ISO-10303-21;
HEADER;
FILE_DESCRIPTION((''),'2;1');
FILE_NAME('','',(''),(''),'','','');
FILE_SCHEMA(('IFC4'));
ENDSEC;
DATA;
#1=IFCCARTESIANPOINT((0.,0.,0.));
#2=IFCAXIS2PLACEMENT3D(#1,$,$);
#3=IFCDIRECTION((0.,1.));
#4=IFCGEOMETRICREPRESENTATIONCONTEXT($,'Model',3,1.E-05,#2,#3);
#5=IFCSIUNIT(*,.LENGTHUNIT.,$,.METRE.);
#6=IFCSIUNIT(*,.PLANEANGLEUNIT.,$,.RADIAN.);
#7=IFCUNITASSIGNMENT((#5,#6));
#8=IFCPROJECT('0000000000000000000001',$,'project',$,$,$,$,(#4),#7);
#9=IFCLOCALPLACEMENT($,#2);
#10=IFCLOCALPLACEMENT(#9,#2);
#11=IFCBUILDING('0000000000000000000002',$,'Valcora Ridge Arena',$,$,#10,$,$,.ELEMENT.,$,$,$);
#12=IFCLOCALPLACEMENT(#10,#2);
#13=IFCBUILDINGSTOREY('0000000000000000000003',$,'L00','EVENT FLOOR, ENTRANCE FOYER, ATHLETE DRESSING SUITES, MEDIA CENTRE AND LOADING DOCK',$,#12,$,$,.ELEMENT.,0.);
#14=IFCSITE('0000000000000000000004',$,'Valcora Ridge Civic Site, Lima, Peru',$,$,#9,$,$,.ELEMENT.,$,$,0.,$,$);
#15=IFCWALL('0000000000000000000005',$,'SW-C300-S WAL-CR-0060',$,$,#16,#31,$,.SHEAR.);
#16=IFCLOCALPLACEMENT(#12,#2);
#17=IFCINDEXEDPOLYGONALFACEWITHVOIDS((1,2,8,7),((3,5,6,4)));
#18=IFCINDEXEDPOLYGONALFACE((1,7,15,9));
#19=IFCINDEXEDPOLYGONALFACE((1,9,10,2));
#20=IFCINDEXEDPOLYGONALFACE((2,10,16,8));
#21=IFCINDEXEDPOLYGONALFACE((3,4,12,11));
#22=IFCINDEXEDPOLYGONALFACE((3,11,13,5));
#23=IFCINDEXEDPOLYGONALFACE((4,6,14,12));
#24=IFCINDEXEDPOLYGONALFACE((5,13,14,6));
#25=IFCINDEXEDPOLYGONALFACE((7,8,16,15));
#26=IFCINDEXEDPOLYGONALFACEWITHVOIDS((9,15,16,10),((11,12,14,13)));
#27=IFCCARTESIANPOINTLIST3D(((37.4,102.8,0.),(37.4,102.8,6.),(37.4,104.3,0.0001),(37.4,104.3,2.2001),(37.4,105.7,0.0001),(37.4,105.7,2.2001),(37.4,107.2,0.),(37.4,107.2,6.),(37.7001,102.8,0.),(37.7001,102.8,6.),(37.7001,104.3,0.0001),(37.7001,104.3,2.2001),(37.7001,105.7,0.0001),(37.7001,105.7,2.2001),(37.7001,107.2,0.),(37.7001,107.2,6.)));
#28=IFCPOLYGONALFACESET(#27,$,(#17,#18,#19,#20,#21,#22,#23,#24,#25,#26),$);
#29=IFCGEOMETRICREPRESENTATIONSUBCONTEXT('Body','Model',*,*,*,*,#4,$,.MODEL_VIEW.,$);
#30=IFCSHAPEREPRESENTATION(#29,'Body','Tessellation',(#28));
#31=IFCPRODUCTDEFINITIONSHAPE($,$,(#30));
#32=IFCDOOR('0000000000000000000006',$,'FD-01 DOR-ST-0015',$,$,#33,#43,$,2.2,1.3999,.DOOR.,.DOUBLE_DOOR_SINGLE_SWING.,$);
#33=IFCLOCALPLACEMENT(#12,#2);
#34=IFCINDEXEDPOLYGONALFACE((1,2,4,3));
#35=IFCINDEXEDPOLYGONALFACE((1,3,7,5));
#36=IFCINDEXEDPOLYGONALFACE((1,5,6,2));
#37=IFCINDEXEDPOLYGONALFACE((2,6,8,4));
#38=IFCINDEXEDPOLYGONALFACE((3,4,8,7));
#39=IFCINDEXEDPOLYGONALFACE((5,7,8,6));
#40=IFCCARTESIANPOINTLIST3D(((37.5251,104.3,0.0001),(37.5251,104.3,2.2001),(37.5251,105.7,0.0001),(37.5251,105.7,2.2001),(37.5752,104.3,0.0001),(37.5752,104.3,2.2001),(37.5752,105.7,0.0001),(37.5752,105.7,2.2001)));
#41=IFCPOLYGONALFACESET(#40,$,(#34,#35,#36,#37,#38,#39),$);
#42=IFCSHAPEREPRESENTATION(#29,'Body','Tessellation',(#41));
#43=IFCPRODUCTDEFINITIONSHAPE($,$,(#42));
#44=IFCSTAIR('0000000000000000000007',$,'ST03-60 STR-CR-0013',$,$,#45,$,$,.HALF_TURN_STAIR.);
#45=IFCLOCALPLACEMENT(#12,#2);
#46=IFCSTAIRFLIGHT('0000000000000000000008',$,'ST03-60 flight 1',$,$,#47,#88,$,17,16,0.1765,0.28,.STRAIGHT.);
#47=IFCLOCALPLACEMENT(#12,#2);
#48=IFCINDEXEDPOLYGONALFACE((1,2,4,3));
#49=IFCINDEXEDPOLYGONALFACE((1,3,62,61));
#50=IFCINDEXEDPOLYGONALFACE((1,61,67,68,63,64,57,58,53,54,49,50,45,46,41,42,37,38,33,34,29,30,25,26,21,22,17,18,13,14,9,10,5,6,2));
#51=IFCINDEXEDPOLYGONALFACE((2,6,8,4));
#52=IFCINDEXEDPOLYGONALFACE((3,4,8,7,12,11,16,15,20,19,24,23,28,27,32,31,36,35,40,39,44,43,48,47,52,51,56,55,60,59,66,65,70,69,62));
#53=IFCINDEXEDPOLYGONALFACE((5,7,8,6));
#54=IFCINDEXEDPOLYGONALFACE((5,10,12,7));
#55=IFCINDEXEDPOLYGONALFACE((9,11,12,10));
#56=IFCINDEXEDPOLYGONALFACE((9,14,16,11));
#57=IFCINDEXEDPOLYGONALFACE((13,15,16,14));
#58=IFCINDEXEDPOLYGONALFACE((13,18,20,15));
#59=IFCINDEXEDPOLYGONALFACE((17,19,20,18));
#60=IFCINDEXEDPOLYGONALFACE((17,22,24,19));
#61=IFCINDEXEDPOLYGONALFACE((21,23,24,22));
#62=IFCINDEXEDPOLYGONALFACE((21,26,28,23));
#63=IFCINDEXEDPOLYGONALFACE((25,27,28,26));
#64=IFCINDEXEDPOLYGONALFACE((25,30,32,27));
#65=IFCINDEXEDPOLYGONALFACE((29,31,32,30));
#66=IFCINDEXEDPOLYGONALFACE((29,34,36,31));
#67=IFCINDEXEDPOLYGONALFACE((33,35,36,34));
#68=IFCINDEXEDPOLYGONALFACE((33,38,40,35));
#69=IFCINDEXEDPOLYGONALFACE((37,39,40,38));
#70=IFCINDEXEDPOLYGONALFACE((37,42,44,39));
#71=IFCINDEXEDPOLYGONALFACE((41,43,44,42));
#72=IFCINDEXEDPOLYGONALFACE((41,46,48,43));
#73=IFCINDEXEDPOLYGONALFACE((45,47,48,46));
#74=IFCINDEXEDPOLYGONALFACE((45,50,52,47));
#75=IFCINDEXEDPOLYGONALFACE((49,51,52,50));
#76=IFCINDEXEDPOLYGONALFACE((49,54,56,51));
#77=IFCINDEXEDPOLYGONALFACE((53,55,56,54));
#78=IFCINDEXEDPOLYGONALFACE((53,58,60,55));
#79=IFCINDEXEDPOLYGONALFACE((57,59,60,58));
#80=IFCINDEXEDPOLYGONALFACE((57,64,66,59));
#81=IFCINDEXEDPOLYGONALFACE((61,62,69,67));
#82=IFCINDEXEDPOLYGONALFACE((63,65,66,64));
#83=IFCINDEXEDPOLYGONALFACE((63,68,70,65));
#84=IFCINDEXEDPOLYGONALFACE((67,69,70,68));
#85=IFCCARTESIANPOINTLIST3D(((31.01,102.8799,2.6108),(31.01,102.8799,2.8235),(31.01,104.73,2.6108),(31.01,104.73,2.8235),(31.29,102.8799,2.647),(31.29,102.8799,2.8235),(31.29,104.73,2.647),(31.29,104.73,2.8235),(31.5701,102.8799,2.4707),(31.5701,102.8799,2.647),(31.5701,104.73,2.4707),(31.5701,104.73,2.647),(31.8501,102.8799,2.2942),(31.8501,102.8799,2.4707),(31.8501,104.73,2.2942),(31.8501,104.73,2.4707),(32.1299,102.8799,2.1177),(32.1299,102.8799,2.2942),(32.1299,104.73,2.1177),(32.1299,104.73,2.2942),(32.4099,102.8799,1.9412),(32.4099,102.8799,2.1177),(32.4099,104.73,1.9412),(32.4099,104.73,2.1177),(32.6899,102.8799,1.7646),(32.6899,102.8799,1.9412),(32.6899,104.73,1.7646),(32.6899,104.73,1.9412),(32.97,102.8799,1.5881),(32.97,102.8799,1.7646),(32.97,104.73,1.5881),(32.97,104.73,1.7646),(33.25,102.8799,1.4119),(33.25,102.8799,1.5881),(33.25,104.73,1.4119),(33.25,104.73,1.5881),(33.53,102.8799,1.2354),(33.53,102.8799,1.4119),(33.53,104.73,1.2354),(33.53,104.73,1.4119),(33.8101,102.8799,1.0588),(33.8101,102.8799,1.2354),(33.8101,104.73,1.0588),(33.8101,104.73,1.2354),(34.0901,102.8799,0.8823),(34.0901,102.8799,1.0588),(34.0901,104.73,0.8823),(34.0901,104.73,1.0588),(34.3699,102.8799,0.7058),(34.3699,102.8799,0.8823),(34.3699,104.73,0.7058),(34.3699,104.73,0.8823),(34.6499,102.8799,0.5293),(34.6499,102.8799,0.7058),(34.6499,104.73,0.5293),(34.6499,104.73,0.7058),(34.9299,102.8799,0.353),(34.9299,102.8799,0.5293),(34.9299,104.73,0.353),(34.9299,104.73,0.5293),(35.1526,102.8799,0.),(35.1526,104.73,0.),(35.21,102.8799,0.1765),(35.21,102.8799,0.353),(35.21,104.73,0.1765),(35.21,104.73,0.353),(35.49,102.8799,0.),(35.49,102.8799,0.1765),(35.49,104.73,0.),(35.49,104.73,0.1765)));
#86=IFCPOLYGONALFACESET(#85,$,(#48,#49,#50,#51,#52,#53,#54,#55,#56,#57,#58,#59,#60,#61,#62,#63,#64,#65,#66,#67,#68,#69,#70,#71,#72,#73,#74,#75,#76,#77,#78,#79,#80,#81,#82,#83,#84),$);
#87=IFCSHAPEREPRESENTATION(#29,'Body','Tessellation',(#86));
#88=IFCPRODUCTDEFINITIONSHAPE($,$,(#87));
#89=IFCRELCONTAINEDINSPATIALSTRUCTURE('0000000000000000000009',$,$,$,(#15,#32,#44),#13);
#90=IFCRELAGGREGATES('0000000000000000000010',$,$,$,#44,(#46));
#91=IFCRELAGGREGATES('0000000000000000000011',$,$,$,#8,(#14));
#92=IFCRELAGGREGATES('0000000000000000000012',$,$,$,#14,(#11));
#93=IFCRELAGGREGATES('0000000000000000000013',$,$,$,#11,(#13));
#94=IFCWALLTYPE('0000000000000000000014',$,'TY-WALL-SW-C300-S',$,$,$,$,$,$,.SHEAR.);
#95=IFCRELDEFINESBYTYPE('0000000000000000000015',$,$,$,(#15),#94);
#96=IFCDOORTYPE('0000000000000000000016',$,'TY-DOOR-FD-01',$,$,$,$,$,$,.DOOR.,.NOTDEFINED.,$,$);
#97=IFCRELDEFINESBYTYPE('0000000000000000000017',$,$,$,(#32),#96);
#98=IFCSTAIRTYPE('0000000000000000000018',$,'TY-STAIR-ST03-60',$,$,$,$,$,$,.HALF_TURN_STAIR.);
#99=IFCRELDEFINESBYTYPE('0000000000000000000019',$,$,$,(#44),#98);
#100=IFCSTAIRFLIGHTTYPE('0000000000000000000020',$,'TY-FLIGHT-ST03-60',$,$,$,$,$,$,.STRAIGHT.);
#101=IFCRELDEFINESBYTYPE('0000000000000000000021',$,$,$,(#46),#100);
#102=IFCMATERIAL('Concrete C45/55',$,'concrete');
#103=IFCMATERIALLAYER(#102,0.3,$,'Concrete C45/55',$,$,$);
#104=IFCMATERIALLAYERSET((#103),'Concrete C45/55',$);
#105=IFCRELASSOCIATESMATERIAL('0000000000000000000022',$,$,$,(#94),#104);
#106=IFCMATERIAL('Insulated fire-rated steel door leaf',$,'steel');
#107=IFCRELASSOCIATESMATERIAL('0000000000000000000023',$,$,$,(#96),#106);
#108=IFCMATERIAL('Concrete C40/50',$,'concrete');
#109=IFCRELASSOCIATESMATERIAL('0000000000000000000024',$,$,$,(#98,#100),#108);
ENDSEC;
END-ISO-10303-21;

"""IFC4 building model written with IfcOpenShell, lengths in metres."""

from ifc_helpers import new_model, si_unit, direction, frame, frame_2d, origin, place, context, subcontext, project, spatial, polyline, rectangle, outline, extrude, material, layer, layer_set, type_object, element, fill, aggregate, save


model = new_model("IFC4")

# Units and contexts
model_context = context("Model", 3, precision=1e-05, world=origin(), true_north=direction((0.0, 1.0)))
body_context = subcontext(model_context, "Body", "Model", "MODEL_VIEW")
ifc_project = project(units=[si_unit("LENGTHUNIT", "METRE"), si_unit("PLANEANGLEUNIT", "RADIAN")], contexts=[model_context])

# Site, building, storey
site_placement = place(None, origin())
site = spatial("IfcSite", under=ifc_project, at=site_placement, Name="Valcora Ridge Civic Site, Lima, Peru", CompositionType="ELEMENT", RefElevation=0.0)
building_placement = place(site_placement, origin())
building = spatial("IfcBuilding", under=site, at=building_placement, Name="Valcora Ridge Arena", CompositionType="ELEMENT")
storey_placement = place(building_placement, origin())
storey = spatial("IfcBuildingStorey", under=building, at=storey_placement, Name="L00", Description="EVENT FLOOR, ENTRANCE FOYER, ATHLETE DRESSING SUITES, MEDIA CENTRE AND LOADING DOCK", CompositionType="ELEMENT", Elevation=0.0)

# Shared definitions
ifc_material_1 = material(Name="Concrete C40/50", Category="concrete")

# Shared definitions
ifc_material_2 = material(Name="Concrete C45/55", Category="concrete")
ifc_layer_1 = layer(ifc_material_2, 0.3, Name="Concrete C45/55")
ifc_layer_set_1 = layer_set([ifc_layer_1], Name="Concrete C45/55")
wall_type_1 = type_object("IfcWallType", Name="TY-WALL-SW-C300-S", PredefinedType="SHEAR", material=ifc_layer_set_1)

# Wall, opening, door
wall_1_placement = place(storey_placement, frame((37.55, 102.8, 0.0), z_axis=(0.0, 0.0, 1.0), x_axis=(0.0, 1.0, 0.0)))
wall_1 = element("IfcWall", 1, at=wall_1_placement, inside=storey, type_object=wall_type_1, Name="SW-C300-S WAL-CR-0060", PredefinedType="SHEAR", context=body_context, shape_type="SweptSolid", body=[
    extrude(rectangle(XDim=4.3999, YDim=0.3, at=frame_2d((2.2, 0.0))), origin(), (0.0, 0.0, 1.0), 6.0),
])
opening_placement = place(wall_1_placement, frame((1.5, 0.0, 0.0)))
opening = element("IfcOpeningElement", 2, at=opening_placement, cuts=wall_1, PredefinedType="OPENING", context=body_context, shape_type="SweptSolid", body=[
    extrude(rectangle(XDim=1.3999, YDim=2.2, at=frame_2d((0.7, 1.1001))), frame((0.0, 0.1599, 0.0), z_axis=(0.0, -1.0, 0.0), x_axis=(1.0, 0.0, 0.0)), (0.0, 0.0, 1.0), 0.3201),
])
ifc_material_3 = material(Name="Insulated fire-rated steel door leaf", Category="steel")
door_type = type_object("IfcDoorType", Name="TY-DOOR-FD-01", OperationType="NOTDEFINED", PredefinedType="DOOR", material=ifc_material_3)
door_placement = place(opening_placement, origin())
door = element("IfcDoor", 3, at=door_placement, inside=storey, type_object=door_type, Name="FD-01 DOR-ST-0015", OperationType="DOUBLE_DOOR_SINGLE_SWING", OverallHeight=2.2, OverallWidth=1.3999, PredefinedType="DOOR", context=body_context, shape_type="SweptSolid", body=[
    extrude(rectangle(XDim=1.3999, YDim=2.2, at=frame_2d((0.7, 1.1001))), frame((0.0, 0.0249, 0.0), z_axis=(0.0, -1.0, 0.0), x_axis=(1.0, 0.0, 0.0)), (0.0, 0.0, 1.0), 0.05),
])
fill(opening, door)

# Stair, stair flight
stair_type = type_object("IfcStairType", Name="TY-STAIR-ST03-60", PredefinedType="HALF_TURN_STAIR", material=ifc_material_1)
stair_placement = place(storey_placement, origin())
stair = element("IfcStair", 4, at=stair_placement, inside=storey, type_object=stair_type, Name="ST03-60 STR-CR-0013", PredefinedType="HALF_TURN_STAIR")
stair_flight_type = type_object("IfcStairFlightType", Name="TY-FLIGHT-ST03-60", PredefinedType="STRAIGHT", material=ifc_material_1)
stair_flight_placement = place(storey_placement, frame((35.49, 103.8049, 0.0), z_axis=(0.0, 0.0, 1.0), x_axis=(-1.0, 0.0, 0.0)))
stair_flight = element("IfcStairFlight", 5, at=stair_flight_placement, type_object=stair_flight_type, Name="ST03-60 flight 1", NumberOfRisers=17, NumberOfTreads=16, PredefinedType="STRAIGHT", RiserHeight=0.1765, TreadLength=0.28, context=body_context, shape_type="SweptSolid", body=[
    extrude(outline(polyline([(0.0, 0.0), (0.0, 0.1765), (0.28, 0.1765), (0.28, 0.353), (0.5601, 0.353), (0.5601, 0.5293), (0.8401, 0.5293), (0.8401, 0.7058), (1.1201, 0.7058), (1.1201, 0.8823), (1.3999, 0.8823), (1.3999, 1.0588), (1.6799, 1.0588), (1.6799, 1.2354), (1.96, 1.2354), (1.96, 1.4119), (2.24, 1.4119), (2.24, 1.5881), (2.52, 1.5881), (2.52, 1.7646), (2.8, 1.7646), (2.8, 1.9412), (3.0801, 1.9412), (3.0801, 2.1177), (3.3601, 2.1177), (3.3601, 2.2942), (3.6399, 2.2942), (3.6399, 2.4707), (3.9199, 2.4707), (3.9199, 2.647), (4.2, 2.647), (4.2, 2.8235), (4.48, 2.8235), (4.48, 3.0), (4.48, 2.6108), (0.3374, 0.0), (0.0, 0.0)])), frame((0.0, 0.925, 0.0), z_axis=(0.0, -1.0, 0.0), x_axis=(1.0, 0.0, 0.0)), (0.0, 0.0, 1.0), 1.8501),
])
aggregate(stair, [stair_flight])

save(model, "model.ifc")
